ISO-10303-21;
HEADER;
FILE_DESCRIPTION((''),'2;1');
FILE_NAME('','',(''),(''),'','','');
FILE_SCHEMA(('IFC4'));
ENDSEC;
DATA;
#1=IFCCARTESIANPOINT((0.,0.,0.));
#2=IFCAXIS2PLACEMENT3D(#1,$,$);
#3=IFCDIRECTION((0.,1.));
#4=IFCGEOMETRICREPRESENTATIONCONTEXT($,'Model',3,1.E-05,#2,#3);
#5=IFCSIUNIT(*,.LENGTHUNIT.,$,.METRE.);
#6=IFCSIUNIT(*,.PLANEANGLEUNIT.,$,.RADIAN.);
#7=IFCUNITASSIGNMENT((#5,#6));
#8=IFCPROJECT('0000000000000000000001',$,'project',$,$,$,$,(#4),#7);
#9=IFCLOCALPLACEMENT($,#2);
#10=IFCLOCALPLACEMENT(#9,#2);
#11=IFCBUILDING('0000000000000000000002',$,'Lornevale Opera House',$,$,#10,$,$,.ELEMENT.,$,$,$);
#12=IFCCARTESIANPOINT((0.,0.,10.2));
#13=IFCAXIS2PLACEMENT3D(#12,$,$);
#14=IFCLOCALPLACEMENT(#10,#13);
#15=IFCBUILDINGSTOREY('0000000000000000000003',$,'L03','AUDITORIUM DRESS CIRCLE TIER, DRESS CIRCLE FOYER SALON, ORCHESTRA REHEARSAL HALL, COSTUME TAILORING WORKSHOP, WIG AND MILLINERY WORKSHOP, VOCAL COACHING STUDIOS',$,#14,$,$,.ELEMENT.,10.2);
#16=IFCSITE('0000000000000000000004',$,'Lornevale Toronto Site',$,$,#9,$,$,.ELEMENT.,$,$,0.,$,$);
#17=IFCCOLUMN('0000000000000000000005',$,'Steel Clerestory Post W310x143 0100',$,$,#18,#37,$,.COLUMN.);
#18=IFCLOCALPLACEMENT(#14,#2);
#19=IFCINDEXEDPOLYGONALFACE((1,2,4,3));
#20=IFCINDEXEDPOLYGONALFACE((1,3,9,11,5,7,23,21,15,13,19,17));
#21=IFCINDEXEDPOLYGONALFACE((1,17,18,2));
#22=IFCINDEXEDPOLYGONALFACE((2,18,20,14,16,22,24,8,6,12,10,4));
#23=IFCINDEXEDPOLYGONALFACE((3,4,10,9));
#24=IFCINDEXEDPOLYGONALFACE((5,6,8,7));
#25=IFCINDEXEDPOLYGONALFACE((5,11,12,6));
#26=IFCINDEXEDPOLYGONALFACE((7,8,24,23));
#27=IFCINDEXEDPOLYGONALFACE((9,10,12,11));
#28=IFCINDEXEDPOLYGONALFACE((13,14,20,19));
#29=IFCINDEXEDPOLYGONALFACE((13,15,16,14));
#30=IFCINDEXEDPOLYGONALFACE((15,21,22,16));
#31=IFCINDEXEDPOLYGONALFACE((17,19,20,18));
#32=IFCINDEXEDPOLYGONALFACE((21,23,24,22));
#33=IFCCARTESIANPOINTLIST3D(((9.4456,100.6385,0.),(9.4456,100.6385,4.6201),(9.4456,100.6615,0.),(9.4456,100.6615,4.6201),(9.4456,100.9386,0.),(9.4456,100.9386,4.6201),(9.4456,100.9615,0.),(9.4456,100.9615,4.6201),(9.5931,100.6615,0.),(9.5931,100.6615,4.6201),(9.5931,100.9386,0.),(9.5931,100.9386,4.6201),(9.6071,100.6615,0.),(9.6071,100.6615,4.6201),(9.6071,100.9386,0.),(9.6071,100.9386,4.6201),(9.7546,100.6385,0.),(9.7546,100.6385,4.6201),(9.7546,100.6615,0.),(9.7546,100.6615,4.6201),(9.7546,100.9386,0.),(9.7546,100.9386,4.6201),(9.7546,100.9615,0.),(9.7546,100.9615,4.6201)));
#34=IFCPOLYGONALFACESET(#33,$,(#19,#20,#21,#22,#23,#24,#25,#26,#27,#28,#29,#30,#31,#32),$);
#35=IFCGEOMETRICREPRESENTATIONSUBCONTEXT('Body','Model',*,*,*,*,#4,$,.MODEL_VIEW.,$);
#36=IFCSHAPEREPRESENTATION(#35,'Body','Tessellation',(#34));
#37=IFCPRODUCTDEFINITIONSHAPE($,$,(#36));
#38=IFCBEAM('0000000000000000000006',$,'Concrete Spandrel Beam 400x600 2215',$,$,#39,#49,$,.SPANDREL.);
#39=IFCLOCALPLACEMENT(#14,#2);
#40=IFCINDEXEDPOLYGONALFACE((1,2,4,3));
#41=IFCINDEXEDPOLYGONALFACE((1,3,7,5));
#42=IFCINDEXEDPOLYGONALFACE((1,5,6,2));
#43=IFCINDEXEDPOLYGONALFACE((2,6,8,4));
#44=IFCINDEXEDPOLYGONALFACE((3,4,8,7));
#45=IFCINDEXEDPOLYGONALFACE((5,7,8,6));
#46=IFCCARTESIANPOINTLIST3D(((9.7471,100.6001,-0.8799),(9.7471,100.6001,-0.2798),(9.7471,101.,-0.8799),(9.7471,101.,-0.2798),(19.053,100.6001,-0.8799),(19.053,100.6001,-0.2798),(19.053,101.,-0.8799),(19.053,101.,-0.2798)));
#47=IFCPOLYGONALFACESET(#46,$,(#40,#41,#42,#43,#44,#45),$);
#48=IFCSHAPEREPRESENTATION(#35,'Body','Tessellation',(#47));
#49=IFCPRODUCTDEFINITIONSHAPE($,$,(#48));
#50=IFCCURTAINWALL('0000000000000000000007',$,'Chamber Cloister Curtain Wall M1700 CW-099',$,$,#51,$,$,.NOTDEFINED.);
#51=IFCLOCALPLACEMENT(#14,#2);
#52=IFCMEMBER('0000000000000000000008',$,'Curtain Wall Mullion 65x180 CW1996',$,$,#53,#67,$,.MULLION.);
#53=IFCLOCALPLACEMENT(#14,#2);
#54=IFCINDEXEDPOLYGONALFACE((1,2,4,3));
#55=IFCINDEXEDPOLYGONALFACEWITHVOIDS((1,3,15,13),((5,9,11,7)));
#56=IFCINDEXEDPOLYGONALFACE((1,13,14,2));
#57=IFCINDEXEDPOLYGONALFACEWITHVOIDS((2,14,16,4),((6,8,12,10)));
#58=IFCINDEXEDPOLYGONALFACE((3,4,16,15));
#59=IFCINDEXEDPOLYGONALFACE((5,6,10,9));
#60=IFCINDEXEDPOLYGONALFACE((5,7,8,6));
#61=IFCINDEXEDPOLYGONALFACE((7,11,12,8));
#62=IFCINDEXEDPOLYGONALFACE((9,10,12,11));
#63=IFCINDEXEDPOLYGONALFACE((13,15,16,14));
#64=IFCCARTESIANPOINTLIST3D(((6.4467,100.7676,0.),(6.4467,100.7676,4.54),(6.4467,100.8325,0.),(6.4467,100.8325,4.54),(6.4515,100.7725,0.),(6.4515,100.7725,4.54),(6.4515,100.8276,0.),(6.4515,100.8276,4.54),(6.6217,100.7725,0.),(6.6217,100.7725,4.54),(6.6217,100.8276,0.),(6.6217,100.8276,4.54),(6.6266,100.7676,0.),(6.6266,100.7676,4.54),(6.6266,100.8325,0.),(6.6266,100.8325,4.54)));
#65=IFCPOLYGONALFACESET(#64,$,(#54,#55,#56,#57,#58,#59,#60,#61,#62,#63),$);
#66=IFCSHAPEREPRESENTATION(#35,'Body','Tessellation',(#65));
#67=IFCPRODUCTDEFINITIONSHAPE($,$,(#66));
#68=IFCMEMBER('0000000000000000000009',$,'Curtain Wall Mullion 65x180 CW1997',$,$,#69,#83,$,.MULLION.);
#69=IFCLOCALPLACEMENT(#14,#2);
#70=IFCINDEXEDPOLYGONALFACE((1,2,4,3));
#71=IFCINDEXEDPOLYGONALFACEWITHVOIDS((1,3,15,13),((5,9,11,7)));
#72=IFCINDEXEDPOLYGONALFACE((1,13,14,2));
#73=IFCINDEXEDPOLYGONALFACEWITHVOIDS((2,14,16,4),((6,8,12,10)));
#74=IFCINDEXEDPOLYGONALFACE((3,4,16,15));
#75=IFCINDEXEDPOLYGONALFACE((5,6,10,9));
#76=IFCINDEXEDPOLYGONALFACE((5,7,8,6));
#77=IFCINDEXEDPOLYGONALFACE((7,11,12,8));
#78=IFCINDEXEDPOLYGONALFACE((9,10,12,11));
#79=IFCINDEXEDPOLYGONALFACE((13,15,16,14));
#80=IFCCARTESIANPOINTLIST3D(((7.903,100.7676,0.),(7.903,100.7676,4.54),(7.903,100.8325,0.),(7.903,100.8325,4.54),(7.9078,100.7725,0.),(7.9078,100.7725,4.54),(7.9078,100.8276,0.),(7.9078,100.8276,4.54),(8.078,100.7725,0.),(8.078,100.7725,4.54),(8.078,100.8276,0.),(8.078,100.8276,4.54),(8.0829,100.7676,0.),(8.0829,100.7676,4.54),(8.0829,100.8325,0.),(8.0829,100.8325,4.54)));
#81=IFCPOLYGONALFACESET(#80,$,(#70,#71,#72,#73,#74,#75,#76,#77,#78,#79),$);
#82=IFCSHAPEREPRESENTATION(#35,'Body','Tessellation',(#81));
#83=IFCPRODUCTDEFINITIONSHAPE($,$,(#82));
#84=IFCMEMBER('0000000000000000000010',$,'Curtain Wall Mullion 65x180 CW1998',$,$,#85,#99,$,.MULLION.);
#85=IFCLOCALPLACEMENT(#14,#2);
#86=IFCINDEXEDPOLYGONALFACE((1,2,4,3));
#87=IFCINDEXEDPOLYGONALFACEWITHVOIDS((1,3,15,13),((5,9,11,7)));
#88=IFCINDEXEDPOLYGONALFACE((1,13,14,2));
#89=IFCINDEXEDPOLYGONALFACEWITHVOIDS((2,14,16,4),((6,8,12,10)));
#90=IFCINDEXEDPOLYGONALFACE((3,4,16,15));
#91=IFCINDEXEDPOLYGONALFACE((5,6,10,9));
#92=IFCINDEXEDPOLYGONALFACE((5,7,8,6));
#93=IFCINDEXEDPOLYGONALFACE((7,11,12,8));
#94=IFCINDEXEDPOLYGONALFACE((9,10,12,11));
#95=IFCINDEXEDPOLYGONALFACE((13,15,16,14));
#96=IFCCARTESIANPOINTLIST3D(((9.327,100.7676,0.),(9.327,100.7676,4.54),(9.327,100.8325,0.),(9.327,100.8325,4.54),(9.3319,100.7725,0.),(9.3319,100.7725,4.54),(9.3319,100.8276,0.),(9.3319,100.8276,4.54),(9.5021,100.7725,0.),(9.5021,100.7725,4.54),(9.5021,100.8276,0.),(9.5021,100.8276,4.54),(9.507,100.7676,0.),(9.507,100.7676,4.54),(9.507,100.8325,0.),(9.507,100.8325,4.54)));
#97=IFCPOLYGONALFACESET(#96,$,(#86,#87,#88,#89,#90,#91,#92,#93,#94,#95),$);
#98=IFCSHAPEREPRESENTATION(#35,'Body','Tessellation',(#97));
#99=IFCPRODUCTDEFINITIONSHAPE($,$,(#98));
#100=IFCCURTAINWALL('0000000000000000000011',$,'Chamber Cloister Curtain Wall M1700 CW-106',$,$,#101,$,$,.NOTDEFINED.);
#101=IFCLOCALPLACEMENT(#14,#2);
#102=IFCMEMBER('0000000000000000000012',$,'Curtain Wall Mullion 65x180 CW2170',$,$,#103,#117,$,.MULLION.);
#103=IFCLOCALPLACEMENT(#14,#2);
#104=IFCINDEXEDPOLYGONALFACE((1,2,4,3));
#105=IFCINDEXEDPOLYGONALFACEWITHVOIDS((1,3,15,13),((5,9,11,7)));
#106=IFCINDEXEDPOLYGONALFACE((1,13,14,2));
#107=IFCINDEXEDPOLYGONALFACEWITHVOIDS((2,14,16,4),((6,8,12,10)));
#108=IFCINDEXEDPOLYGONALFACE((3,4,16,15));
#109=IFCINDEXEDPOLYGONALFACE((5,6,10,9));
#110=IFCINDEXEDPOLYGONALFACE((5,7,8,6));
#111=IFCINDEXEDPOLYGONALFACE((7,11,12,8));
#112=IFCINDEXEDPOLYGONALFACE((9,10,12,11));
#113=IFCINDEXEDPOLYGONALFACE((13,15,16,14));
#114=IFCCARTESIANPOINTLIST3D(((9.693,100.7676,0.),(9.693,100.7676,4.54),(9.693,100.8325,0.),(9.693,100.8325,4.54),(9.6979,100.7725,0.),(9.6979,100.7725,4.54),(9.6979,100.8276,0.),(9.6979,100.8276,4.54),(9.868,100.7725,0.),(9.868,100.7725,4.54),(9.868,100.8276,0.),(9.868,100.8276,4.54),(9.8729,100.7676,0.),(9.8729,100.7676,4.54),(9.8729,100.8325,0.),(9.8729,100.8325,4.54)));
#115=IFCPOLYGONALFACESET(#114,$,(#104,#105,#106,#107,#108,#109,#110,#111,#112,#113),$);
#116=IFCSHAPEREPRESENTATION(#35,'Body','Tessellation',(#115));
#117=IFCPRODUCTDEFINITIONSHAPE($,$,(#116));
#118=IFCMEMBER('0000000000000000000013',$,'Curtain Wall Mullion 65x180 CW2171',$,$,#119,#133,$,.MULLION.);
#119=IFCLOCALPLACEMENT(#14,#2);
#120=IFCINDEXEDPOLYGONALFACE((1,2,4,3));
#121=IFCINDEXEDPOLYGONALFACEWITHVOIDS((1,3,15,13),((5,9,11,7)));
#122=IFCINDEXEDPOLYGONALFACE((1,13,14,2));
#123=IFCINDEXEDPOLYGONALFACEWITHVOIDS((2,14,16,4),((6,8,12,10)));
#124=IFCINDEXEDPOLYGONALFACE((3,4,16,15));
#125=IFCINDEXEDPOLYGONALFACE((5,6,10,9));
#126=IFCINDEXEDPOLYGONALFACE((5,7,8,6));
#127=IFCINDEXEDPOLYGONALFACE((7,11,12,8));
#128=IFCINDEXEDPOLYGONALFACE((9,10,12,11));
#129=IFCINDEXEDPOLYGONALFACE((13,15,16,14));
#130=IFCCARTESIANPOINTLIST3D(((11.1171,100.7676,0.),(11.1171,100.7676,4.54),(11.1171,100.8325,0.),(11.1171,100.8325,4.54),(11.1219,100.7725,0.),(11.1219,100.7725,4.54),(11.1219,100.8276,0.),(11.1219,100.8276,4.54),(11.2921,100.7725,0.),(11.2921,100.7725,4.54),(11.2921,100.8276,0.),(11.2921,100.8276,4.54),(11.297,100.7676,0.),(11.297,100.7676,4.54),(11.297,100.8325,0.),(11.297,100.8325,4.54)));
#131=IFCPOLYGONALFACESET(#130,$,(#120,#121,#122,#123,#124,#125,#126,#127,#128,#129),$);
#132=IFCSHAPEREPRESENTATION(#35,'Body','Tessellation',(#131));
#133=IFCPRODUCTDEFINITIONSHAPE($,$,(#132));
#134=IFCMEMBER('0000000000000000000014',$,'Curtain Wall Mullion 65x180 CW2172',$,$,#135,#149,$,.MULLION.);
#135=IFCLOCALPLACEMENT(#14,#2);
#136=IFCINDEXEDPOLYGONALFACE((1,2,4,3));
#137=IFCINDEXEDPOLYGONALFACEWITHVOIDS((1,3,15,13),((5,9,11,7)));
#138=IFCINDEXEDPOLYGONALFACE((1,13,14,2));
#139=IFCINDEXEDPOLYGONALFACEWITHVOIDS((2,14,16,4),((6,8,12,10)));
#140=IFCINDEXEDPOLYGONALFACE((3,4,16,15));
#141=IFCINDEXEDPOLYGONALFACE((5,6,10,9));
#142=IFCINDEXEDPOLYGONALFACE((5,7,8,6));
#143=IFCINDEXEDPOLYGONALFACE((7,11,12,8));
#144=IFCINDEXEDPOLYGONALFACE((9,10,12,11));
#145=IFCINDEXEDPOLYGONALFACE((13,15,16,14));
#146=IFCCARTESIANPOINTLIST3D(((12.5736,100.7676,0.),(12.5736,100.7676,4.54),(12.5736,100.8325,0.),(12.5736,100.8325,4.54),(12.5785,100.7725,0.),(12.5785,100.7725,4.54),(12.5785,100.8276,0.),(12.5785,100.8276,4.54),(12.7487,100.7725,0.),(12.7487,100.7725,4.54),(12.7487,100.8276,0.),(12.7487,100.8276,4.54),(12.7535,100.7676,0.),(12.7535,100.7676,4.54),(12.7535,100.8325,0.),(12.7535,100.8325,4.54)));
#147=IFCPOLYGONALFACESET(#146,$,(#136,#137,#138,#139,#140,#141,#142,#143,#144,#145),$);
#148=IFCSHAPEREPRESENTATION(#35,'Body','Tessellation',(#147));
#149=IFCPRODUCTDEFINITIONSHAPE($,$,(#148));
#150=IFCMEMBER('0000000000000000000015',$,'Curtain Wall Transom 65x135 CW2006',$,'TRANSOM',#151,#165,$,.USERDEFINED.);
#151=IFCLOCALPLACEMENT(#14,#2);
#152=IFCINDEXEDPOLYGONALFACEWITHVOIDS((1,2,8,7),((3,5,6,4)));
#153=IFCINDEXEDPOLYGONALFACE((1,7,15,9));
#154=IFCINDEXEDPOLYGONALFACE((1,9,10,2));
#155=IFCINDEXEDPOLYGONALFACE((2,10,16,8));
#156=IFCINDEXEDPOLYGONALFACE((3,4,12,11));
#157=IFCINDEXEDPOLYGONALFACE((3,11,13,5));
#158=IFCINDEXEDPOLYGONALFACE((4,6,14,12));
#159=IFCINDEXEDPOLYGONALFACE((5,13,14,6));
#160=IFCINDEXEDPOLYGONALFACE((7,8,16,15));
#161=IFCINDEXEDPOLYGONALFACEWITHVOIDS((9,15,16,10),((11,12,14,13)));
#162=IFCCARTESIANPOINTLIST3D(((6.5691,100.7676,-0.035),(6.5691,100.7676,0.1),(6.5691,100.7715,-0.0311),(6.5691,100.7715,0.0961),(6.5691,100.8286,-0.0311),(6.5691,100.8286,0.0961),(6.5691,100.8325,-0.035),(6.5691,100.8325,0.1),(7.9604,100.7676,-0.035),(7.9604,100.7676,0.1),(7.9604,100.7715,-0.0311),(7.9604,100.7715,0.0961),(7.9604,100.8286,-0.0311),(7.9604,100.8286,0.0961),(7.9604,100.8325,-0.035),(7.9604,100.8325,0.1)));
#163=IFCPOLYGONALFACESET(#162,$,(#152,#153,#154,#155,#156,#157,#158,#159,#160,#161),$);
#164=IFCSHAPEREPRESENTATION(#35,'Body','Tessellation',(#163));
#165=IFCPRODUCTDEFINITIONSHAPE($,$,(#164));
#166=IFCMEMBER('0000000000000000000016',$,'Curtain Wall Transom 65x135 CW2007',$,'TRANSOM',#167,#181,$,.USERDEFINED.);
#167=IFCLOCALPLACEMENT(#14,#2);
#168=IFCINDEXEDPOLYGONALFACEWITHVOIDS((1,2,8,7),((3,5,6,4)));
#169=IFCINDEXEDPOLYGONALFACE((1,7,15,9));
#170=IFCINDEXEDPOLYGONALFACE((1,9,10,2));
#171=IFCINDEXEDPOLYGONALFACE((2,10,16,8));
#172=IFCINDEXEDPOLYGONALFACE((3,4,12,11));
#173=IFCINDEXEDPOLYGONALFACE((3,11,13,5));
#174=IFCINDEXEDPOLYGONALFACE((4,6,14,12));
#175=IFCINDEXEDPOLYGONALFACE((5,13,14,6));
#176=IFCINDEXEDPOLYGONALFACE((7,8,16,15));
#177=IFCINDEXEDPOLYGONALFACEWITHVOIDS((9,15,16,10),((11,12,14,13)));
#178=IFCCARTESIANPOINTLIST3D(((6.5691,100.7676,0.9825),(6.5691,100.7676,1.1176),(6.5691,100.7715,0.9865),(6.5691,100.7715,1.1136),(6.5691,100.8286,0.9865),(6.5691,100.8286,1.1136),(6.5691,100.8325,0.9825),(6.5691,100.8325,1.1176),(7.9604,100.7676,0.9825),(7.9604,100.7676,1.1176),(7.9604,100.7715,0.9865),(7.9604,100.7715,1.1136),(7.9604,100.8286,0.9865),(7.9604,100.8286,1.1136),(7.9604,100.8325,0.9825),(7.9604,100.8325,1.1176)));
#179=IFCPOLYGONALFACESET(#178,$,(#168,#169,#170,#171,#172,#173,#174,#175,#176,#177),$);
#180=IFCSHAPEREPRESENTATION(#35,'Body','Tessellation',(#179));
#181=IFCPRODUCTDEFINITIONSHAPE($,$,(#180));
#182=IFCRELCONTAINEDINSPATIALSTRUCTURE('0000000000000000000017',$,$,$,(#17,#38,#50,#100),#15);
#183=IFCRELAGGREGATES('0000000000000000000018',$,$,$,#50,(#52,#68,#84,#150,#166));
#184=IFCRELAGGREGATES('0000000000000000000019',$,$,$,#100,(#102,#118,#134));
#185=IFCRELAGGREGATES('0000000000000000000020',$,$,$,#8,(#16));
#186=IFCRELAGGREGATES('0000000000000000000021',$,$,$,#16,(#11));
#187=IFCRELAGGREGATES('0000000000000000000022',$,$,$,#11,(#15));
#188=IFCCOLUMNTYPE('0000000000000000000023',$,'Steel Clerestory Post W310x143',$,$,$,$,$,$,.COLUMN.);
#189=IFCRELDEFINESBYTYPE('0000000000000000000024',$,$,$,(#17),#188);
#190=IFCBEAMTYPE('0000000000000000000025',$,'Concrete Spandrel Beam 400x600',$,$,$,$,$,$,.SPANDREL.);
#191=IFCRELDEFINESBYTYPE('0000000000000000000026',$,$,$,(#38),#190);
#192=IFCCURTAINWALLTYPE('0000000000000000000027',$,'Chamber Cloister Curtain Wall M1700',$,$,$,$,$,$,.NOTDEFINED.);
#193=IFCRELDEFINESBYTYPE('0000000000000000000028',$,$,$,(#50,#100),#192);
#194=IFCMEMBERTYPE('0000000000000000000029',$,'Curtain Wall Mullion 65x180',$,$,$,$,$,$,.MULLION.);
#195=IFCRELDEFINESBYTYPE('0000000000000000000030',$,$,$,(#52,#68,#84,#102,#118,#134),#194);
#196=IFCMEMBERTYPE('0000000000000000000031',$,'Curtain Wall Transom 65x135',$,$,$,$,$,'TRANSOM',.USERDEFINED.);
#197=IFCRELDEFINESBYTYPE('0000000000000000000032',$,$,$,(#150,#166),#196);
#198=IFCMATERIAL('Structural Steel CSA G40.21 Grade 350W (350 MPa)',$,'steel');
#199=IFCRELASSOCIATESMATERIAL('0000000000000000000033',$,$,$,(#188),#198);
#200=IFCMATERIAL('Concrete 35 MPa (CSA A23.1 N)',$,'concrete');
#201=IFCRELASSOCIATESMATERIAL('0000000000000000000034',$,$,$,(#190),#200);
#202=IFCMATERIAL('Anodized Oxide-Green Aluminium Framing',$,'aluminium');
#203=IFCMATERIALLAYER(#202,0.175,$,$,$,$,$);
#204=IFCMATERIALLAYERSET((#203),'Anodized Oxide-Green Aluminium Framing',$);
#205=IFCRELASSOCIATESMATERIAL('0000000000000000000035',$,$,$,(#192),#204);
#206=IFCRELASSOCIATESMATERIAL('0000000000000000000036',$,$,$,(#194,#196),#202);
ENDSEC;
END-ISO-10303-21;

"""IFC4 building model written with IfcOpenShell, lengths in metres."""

from ifc_helpers import new_model, si_unit, direction, frame, origin, origin_2d, place, context, subcontext, project, spatial, rectangle, hollow_rectangle, i_section, extrude, material, layer, layer_set, material_profile, profile_set, type_object, element, aggregate, save


model = new_model("IFC4")

# Units and contexts
model_context = context("Model", 3, precision=1e-05, world=origin(), true_north=direction((0.0, 1.0)))
body_context = subcontext(model_context, "Body", "Model", "MODEL_VIEW")
ifc_project = project(units=[si_unit("LENGTHUNIT", "METRE"), si_unit("PLANEANGLEUNIT", "RADIAN")], contexts=[model_context])

# Site, building, storey
site_placement = place(None, origin())
site = spatial("IfcSite", under=ifc_project, at=site_placement, Name="Lornevale Toronto Site", CompositionType="ELEMENT", RefElevation=0.0)
building_placement = place(site_placement, origin())
building = spatial("IfcBuilding", under=site, at=building_placement, Name="Lornevale Opera House", CompositionType="ELEMENT")
storey_placement = place(building_placement, frame((0.0, 0.0, 10.2)))
storey = spatial("IfcBuildingStorey", under=building, at=storey_placement, Name="L03", Description="AUDITORIUM DRESS CIRCLE TIER, DRESS CIRCLE FOYER SALON, ORCHESTRA REHEARSAL HALL, COSTUME TAILORING WORKSHOP, WIG AND MILLINERY WORKSHOP, VOCAL COACHING STUDIOS", CompositionType="ELEMENT", Elevation=10.2)

# Column
ifc_material_1 = material(Name="Structural Steel CSA G40.21 Grade 350W (350 MPa)", Category="steel")
ifc_material_profile_1 = material_profile(ifc_material_1, i_section(OverallWidth=0.3091, OverallDepth=0.323, WebThickness=0.0139, FlangeThickness=0.0229, at=origin_2d()), Name="W310x143")
ifc_profile_set_1 = profile_set([ifc_material_profile_1], Name="Structural Steel CSA G40.21 Grade 350W (350 MPa)")
column_type = type_object("IfcColumnType", Name="Steel Clerestory Post W310x143", PredefinedType="COLUMN", material=ifc_profile_set_1)
column_placement = place(storey_placement, frame((9.6001, 100.8, 0.0), z_axis=(0.0, 0.0, 1.0), x_axis=(1.0, 0.0, 0.0)))
element("IfcColumn", 1, at=column_placement, inside=storey, type_object=column_type, Name="Steel Clerestory Post W310x143 0100", PredefinedType="COLUMN", context=body_context, shape_type="SweptSolid", body=[
    extrude(i_section(OverallWidth=0.3091, OverallDepth=0.323, WebThickness=0.0139, FlangeThickness=0.0229, at=origin_2d()), origin(), (0.0, 0.0, 1.0), 4.6201),
])

# Beam
ifc_material_2 = material(Name="Concrete 35 MPa (CSA A23.1 N)", Category="concrete")
ifc_material_profile_2 = material_profile(ifc_material_2, rectangle(XDim=0.3999, YDim=0.6001, at=origin_2d()), Name="RC400x600")
ifc_profile_set_2 = profile_set([ifc_material_profile_2], Name="Concrete 35 MPa (CSA A23.1 N)")
beam_type = type_object("IfcBeamType", Name="Concrete Spandrel Beam 400x600", PredefinedType="SPANDREL", material=ifc_profile_set_2)
beam_placement = place(storey_placement, frame((9.7471, 100.8, -0.5798), z_axis=(1.0, 0.0, 0.0), x_axis=(0.0, 1.0, 0.0)))
element("IfcBeam", 2, at=beam_placement, inside=storey, type_object=beam_type, Name="Concrete Spandrel Beam 400x600 2215", PredefinedType="SPANDREL", context=body_context, shape_type="SweptSolid", body=[
    extrude(rectangle(XDim=0.3999, YDim=0.6001, at=origin_2d()), origin(), (0.0, 0.0, 1.0), 9.3059),
])

# Curtain walls, members
ifc_material_3 = material(Name="Anodized Oxide-Green Aluminium Framing", Category="aluminium")
ifc_layer_1 = layer(ifc_material_3, 0.175)
ifc_layer_set_1 = layer_set([ifc_layer_1], Name="Anodized Oxide-Green Aluminium Framing")
curtain_wall_type = type_object("IfcCurtainWallType", Name="Chamber Cloister Curtain Wall M1700", PredefinedType="NOTDEFINED", material=ifc_layer_set_1)
curtain_wall_1_placement = place(storey_placement, origin())
curtain_wall_1 = element("IfcCurtainWall", 3, at=curtain_wall_1_placement, inside=storey, type_object=curtain_wall_type, Name="Chamber Cloister Curtain Wall M1700 CW-099", PredefinedType="NOTDEFINED")
ifc_material_profile_3 = material_profile(ifc_material_3, hollow_rectangle(XDim=0.0649, YDim=0.1799, WallThickness=0.0049, at=origin_2d()), Name="ALU65x180x5")
ifc_profile_set_3 = profile_set([ifc_material_profile_3], Name="Anodized Oxide-Green Aluminium Framing")
member_type_1 = type_object("IfcMemberType", Name="Curtain Wall Mullion 65x180", PredefinedType="MULLION", material=ifc_profile_set_3)
member_1_placement = place(storey_placement, frame((6.5366, 100.8, 0.0), z_axis=(0.0, 0.0, 1.0), x_axis=(0.0, 1.0, 0.0)))
member_1 = element("IfcMember", 4, at=member_1_placement, type_object=member_type_1, Name="Curtain Wall Mullion 65x180 CW1996", PredefinedType="MULLION", context=body_context, shape_type="SweptSolid", body=[
    extrude(hollow_rectangle(XDim=0.0649, YDim=0.1799, WallThickness=0.0049, at=origin_2d()), origin(), (0.0, 0.0, 1.0), 4.54),
])
member_2_placement = place(storey_placement, frame((7.9929, 100.8, 0.0), z_axis=(0.0, 0.0, 1.0), x_axis=(0.0, 1.0, 0.0)))
member_2 = element("IfcMember", 5, at=member_2_placement, type_object=member_type_1, Name="Curtain Wall Mullion 65x180 CW1997", PredefinedType="MULLION", context=body_context, shape_type="SweptSolid", body=[
    extrude(hollow_rectangle(XDim=0.0649, YDim=0.1799, WallThickness=0.0049, at=origin_2d()), origin(), (0.0, 0.0, 1.0), 4.54),
])
member_3_placement = place(storey_placement, frame((9.417, 100.8, 0.0), z_axis=(0.0, 0.0, 1.0), x_axis=(0.0, 1.0, 0.0)))
member_3 = element("IfcMember", 6, at=member_3_placement, type_object=member_type_1, Name="Curtain Wall Mullion 65x180 CW1998", PredefinedType="MULLION", context=body_context, shape_type="SweptSolid", body=[
    extrude(hollow_rectangle(XDim=0.0649, YDim=0.1799, WallThickness=0.0049, at=origin_2d()), origin(), (0.0, 0.0, 1.0), 4.54),
])
curtain_wall_2_placement = place(storey_placement, origin())
curtain_wall_2 = element("IfcCurtainWall", 7, at=curtain_wall_2_placement, inside=storey, type_object=curtain_wall_type, Name="Chamber Cloister Curtain Wall M1700 CW-106", PredefinedType="NOTDEFINED")
member_4_placement = place(storey_placement, frame((9.783, 100.8, 0.0), z_axis=(0.0, 0.0, 1.0), x_axis=(0.0, 1.0, 0.0)))
member_4 = element("IfcMember", 8, at=member_4_placement, type_object=member_type_1, Name="Curtain Wall Mullion 65x180 CW2170", PredefinedType="MULLION", context=body_context, shape_type="SweptSolid", body=[
    extrude(hollow_rectangle(XDim=0.0649, YDim=0.1799, WallThickness=0.0049, at=origin_2d()), origin(), (0.0, 0.0, 1.0), 4.54),
])
member_5_placement = place(storey_placement, frame((11.207, 100.8, 0.0), z_axis=(0.0, 0.0, 1.0), x_axis=(0.0, 1.0, 0.0)))
member_5 = element("IfcMember", 9, at=member_5_placement, type_object=member_type_1, Name="Curtain Wall Mullion 65x180 CW2171", PredefinedType="MULLION", context=body_context, shape_type="SweptSolid", body=[
    extrude(hollow_rectangle(XDim=0.0649, YDim=0.1799, WallThickness=0.0049, at=origin_2d()), origin(), (0.0, 0.0, 1.0), 4.54),
])
member_6_placement = place(storey_placement, frame((12.6636, 100.8, 0.0), z_axis=(0.0, 0.0, 1.0), x_axis=(0.0, 1.0, 0.0)))
member_6 = element("IfcMember", 10, at=member_6_placement, type_object=member_type_1, Name="Curtain Wall Mullion 65x180 CW2172", PredefinedType="MULLION", context=body_context, shape_type="SweptSolid", body=[
    extrude(hollow_rectangle(XDim=0.0649, YDim=0.1799, WallThickness=0.0049, at=origin_2d()), origin(), (0.0, 0.0, 1.0), 4.54),
])

# Members
ifc_material_profile_4 = material_profile(ifc_material_3, hollow_rectangle(XDim=0.0649, YDim=0.135, WallThickness=0.0039, at=origin_2d()), Name="ALU65x135x4")
ifc_profile_set_4 = profile_set([ifc_material_profile_4], Name="Anodized Oxide-Green Aluminium Framing")
member_type_2 = type_object("IfcMemberType", Name="Curtain Wall Transom 65x135", ElementType="TRANSOM", PredefinedType="USERDEFINED", material=ifc_profile_set_4)
member_7_placement = place(storey_placement, frame((6.5691, 100.8, 0.0325), z_axis=(1.0, 0.0, 0.0), x_axis=(0.0, 1.0, 0.0)))
member_7 = element("IfcMember", 11, at=member_7_placement, type_object=member_type_2, Name="Curtain Wall Transom 65x135 CW2006", ObjectType="TRANSOM", PredefinedType="USERDEFINED", context=body_context, shape_type="SweptSolid", body=[
    extrude(hollow_rectangle(XDim=0.0649, YDim=0.135, WallThickness=0.0039, at=origin_2d()), origin(), (0.0, 0.0, 1.0), 1.3914),
])
member_8_placement = place(storey_placement, frame((6.5691, 100.8, 1.05), z_axis=(1.0, 0.0, 0.0), x_axis=(0.0, 1.0, 0.0)))
member_8 = element("IfcMember", 12, at=member_8_placement, type_object=member_type_2, Name="Curtain Wall Transom 65x135 CW2007", ObjectType="TRANSOM", PredefinedType="USERDEFINED", context=body_context, shape_type="SweptSolid", body=[
    extrude(hollow_rectangle(XDim=0.0649, YDim=0.135, WallThickness=0.0039, at=origin_2d()), origin(), (0.0, 0.0, 1.0), 1.3914),
])

aggregate(curtain_wall_1, [member_1, member_2, member_3, member_7, member_8])
aggregate(curtain_wall_2, [member_4, member_5, member_6])

save(model, "model.ifc")
